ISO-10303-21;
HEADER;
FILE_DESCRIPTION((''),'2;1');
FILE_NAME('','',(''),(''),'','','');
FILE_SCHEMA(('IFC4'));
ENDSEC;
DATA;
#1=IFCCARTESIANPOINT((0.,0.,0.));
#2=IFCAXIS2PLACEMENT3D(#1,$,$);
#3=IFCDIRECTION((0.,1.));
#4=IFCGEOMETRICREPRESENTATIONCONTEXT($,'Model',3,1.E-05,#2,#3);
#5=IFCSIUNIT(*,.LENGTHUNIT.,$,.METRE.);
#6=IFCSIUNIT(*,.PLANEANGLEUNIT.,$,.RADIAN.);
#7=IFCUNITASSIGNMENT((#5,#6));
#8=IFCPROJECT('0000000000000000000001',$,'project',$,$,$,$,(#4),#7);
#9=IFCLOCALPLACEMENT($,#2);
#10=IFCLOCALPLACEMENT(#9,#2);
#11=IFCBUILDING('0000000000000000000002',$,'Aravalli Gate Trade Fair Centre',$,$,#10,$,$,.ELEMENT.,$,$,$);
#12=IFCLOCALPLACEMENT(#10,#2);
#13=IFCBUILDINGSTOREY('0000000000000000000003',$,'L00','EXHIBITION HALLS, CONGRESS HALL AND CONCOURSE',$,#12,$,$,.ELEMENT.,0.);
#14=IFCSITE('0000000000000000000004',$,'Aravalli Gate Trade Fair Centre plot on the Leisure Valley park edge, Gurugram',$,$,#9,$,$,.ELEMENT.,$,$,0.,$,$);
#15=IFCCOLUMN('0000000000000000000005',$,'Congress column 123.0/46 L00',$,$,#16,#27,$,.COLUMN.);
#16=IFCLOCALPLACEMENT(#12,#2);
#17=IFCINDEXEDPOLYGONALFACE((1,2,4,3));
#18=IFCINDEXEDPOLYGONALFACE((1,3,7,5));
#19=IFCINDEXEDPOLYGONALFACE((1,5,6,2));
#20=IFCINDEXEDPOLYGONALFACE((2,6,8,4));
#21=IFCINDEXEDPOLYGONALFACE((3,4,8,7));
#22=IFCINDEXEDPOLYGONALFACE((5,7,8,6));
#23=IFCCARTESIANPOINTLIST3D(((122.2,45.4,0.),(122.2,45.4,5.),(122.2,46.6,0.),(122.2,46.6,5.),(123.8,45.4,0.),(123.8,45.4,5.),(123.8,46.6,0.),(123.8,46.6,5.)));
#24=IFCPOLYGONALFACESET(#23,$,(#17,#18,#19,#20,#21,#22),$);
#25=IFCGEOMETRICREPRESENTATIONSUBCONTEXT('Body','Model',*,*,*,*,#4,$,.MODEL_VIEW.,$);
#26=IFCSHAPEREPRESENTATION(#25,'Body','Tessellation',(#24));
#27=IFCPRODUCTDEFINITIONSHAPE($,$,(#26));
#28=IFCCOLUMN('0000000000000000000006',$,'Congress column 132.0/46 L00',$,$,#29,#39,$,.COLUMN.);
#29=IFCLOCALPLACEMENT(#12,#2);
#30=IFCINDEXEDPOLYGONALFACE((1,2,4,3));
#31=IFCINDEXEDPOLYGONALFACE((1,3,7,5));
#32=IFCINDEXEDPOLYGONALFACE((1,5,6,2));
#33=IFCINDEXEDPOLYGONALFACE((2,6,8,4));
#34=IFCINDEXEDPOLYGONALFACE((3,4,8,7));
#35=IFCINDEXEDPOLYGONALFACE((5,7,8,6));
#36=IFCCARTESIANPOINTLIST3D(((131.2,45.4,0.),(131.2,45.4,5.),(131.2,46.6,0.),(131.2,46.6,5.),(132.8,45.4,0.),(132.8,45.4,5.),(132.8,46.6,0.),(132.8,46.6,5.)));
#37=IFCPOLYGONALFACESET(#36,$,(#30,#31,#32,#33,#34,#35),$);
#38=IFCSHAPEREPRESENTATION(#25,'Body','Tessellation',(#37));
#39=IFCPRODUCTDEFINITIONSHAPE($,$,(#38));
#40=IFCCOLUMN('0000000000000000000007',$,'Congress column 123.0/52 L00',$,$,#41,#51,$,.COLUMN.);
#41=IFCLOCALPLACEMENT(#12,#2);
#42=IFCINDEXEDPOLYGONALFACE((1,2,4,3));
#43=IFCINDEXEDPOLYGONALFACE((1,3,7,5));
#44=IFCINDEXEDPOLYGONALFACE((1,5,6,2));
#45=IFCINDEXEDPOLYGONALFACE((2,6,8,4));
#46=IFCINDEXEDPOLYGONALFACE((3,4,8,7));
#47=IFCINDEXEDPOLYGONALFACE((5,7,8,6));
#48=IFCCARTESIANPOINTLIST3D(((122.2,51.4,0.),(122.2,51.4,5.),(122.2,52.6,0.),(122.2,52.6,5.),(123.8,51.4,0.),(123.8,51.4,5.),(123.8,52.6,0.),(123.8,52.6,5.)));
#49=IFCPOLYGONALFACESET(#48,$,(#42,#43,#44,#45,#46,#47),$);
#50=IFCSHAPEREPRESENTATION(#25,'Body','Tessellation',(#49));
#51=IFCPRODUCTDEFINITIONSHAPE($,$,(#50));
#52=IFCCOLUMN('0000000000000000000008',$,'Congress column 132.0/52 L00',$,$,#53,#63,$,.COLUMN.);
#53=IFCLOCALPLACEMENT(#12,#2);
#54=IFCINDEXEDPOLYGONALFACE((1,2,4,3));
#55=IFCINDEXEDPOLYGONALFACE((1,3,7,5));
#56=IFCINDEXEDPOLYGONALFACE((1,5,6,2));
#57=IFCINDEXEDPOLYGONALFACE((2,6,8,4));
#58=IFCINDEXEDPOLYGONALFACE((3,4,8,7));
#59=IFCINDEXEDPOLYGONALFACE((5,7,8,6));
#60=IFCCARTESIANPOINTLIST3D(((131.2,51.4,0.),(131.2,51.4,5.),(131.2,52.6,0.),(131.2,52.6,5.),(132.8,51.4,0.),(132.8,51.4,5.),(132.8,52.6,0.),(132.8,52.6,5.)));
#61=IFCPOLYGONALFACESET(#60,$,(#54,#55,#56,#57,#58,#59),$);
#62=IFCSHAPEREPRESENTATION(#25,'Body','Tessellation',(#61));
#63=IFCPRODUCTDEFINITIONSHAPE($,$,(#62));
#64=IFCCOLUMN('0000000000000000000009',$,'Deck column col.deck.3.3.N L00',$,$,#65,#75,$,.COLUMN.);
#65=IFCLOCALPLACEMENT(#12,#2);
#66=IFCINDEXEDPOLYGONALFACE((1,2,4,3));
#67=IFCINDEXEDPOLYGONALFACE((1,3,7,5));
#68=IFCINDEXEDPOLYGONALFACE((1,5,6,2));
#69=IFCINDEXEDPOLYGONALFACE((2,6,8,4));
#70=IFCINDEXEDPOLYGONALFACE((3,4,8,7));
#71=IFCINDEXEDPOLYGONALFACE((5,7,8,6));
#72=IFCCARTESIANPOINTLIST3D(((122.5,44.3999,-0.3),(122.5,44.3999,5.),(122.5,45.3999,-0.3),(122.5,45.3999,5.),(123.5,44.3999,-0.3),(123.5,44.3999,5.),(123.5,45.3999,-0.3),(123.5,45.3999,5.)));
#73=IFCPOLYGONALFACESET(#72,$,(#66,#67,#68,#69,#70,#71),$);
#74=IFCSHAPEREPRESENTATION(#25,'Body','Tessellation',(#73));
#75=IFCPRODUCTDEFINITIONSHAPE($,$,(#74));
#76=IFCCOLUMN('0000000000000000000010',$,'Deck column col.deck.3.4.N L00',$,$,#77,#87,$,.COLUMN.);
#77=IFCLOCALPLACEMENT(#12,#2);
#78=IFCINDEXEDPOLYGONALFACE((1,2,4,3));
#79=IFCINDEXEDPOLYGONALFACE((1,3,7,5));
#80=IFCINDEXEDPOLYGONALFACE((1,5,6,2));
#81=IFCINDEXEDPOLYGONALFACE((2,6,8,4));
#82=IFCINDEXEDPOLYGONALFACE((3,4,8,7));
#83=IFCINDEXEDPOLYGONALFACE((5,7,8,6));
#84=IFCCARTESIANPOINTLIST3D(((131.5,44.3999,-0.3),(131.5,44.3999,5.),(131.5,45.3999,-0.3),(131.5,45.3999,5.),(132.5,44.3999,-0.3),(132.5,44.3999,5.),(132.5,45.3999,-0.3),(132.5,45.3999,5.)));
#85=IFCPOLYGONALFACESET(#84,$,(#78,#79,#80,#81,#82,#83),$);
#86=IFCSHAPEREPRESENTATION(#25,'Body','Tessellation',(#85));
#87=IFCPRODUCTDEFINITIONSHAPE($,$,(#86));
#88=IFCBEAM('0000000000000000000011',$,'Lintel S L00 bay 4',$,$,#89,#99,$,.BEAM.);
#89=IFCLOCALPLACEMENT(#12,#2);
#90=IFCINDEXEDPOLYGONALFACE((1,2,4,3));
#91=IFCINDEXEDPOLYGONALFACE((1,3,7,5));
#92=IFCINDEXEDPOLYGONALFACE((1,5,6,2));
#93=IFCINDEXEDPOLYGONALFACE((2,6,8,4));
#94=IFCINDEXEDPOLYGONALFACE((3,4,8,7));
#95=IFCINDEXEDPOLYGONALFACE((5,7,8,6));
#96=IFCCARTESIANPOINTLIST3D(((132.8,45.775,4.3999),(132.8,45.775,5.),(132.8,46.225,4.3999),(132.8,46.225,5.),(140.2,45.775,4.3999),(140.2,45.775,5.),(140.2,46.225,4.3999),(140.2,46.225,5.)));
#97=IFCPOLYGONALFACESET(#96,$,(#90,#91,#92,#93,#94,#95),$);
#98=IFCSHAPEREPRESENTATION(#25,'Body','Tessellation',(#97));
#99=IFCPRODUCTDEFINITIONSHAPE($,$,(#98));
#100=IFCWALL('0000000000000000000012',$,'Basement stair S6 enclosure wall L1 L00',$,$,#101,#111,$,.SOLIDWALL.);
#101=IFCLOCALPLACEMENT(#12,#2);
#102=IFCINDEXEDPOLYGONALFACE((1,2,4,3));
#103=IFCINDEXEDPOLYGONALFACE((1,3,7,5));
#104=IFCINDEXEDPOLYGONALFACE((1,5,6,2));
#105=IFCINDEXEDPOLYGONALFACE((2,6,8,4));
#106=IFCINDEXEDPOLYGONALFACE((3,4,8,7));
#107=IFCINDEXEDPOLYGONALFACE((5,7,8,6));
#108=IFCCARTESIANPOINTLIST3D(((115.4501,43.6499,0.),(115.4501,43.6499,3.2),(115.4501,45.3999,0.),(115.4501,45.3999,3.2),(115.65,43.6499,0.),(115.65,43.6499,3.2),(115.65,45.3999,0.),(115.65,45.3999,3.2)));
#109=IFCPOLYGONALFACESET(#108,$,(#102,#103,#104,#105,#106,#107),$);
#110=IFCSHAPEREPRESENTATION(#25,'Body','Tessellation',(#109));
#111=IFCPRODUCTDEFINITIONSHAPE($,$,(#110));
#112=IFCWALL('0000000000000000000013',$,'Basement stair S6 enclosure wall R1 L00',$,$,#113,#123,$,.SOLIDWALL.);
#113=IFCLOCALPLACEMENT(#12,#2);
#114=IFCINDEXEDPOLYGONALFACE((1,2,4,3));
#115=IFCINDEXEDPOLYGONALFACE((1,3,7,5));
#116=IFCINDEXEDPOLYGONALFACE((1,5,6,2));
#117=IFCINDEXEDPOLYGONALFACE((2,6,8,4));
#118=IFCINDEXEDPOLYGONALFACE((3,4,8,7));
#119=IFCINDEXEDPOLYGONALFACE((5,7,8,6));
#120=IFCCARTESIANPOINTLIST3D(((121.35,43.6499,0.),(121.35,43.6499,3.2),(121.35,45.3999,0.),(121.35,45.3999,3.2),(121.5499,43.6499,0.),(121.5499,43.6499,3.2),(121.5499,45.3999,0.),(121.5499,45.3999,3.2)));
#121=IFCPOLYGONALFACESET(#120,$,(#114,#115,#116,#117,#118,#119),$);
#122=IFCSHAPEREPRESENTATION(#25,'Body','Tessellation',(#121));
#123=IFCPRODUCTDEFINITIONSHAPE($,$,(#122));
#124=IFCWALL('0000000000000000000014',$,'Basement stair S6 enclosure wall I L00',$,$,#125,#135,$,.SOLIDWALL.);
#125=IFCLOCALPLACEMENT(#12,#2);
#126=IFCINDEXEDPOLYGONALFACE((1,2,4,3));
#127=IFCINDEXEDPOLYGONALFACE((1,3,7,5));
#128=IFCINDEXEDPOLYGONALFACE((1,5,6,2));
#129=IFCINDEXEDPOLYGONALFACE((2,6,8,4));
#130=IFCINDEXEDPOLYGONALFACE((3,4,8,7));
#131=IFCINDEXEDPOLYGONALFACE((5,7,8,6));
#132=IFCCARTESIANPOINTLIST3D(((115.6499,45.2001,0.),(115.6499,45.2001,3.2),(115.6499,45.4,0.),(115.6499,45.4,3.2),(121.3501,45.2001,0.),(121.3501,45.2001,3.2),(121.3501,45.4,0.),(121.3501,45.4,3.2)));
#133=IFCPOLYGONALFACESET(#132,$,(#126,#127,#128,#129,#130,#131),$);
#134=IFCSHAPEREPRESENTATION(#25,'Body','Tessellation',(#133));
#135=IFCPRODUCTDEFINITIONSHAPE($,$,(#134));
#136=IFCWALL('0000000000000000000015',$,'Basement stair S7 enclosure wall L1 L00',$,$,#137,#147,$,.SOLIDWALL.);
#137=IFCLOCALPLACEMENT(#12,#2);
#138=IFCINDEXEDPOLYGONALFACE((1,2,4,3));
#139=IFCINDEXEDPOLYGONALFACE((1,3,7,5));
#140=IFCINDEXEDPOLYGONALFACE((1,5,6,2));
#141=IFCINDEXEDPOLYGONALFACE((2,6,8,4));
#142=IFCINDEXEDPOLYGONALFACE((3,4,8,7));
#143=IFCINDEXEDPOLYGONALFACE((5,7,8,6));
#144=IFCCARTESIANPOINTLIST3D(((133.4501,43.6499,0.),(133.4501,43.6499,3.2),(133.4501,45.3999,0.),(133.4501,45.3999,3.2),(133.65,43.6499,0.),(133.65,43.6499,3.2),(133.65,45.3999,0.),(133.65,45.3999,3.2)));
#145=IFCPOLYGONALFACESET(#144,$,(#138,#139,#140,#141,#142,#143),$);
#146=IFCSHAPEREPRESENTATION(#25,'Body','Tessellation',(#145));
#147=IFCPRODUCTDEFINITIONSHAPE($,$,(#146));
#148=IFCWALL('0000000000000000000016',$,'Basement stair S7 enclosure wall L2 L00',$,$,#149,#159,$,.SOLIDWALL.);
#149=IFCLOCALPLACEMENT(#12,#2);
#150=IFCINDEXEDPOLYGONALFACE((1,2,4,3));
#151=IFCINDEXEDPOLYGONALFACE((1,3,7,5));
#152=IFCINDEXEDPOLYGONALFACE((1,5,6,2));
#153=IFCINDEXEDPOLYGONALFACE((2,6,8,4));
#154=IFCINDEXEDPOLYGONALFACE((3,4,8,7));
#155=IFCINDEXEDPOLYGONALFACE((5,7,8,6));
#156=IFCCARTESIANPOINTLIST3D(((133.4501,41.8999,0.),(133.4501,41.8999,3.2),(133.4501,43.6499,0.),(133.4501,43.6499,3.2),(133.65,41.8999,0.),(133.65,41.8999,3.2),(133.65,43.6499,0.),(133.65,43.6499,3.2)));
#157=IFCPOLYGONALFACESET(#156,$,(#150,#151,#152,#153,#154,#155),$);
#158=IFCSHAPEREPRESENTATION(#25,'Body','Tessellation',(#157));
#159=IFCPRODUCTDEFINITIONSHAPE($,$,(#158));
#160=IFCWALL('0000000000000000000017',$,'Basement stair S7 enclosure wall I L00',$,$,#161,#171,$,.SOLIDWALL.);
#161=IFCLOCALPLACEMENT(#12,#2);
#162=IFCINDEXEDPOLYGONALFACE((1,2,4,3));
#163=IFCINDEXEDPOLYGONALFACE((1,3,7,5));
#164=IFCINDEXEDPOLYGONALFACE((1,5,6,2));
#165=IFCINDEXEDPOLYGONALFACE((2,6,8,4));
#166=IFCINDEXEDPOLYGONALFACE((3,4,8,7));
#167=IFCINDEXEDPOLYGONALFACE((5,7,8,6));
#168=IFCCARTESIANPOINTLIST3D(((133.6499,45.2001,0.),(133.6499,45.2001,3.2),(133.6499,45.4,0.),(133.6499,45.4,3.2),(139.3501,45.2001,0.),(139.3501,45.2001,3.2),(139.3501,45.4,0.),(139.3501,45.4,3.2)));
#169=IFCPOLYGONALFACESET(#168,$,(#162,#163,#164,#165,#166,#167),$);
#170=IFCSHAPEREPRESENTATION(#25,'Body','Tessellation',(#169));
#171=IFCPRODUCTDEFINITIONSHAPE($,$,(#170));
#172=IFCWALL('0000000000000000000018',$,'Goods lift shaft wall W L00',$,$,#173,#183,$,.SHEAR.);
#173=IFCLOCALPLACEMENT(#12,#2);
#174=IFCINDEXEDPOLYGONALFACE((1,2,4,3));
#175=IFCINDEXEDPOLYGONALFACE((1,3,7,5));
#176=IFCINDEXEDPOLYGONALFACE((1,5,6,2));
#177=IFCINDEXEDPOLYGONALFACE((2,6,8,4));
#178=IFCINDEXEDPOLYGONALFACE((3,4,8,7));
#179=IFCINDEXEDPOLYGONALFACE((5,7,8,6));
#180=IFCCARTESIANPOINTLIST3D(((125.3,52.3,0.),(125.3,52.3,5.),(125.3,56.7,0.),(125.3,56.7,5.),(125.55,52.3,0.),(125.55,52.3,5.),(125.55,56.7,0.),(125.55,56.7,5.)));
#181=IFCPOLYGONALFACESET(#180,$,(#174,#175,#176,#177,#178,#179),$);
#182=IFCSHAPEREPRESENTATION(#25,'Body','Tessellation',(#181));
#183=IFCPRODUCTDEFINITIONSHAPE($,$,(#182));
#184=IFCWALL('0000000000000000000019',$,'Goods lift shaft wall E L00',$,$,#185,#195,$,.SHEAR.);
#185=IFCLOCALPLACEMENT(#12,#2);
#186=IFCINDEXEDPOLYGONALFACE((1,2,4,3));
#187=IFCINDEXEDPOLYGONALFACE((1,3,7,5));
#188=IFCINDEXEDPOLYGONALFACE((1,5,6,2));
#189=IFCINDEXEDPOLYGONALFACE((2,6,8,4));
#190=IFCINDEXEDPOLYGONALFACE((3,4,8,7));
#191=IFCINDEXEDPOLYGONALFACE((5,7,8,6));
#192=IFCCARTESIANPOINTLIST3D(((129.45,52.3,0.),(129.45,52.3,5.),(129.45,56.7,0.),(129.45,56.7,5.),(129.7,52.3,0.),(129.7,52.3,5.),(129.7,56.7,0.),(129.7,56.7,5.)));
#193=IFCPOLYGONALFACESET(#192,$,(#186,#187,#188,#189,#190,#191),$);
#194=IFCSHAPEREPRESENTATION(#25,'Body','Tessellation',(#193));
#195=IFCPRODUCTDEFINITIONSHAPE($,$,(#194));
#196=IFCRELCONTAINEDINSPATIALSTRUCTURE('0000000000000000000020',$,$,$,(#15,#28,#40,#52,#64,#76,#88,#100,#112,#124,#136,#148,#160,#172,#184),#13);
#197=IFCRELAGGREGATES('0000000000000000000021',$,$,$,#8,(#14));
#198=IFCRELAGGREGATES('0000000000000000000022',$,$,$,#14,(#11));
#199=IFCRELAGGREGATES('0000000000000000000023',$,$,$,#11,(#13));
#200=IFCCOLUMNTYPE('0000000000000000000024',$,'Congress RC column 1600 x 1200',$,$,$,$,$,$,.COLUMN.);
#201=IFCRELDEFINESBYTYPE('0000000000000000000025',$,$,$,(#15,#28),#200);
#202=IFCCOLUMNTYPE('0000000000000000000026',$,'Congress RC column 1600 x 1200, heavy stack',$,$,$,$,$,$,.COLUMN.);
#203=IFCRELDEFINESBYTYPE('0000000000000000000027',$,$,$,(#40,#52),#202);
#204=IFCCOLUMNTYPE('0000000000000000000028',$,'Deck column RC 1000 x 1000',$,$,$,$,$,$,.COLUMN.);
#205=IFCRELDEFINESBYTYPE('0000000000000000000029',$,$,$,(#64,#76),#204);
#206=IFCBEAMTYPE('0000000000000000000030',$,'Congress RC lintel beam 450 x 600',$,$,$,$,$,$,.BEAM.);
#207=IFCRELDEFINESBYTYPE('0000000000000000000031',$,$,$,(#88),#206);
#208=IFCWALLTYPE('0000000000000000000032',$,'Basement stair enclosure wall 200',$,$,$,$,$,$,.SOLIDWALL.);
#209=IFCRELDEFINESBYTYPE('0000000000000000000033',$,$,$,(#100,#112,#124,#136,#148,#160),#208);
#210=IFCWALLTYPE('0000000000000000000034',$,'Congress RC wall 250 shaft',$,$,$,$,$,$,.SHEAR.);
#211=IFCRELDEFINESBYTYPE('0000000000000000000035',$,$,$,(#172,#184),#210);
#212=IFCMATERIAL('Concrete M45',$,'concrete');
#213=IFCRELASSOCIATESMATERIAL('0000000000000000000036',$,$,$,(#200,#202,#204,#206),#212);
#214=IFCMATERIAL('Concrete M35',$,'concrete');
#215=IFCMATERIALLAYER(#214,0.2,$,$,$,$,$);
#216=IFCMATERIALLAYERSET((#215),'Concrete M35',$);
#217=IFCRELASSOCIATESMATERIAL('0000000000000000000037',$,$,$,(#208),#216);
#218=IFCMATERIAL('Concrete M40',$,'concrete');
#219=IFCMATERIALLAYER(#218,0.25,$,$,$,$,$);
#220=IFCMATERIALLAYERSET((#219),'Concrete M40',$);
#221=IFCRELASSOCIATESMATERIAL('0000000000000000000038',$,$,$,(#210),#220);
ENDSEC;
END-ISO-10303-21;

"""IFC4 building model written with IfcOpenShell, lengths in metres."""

from ifc_helpers import new_model, si_unit, direction, frame, frame_2d, origin, origin_2d, place, context, subcontext, project, spatial, rectangle, extrude, material, layer, layer_set, material_profile, profile_set, type_object, element, save


model = new_model("IFC4")

# Units and contexts
model_context = context("Model", 3, precision=1e-05, world=origin(), true_north=direction((0.0, 1.0)))
body_context = subcontext(model_context, "Body", "Model", "MODEL_VIEW")
ifc_project = project(units=[si_unit("LENGTHUNIT", "METRE"), si_unit("PLANEANGLEUNIT", "RADIAN")], contexts=[model_context])

# Site, building, storey
site_placement = place(None, origin())
site = spatial("IfcSite", under=ifc_project, at=site_placement, Name="Aravalli Gate Trade Fair Centre plot on the Leisure Valley park edge, Gurugram", CompositionType="ELEMENT", RefElevation=0.0)
building_placement = place(site_placement, origin())
building = spatial("IfcBuilding", under=site, at=building_placement, Name="Aravalli Gate Trade Fair Centre", CompositionType="ELEMENT")
storey_placement = place(building_placement, origin())
storey = spatial("IfcBuildingStorey", under=building, at=storey_placement, Name="L00", Description="EXHIBITION HALLS, CONGRESS HALL AND CONCOURSE", CompositionType="ELEMENT", Elevation=0.0)

# Columns
ifc_material_1 = material(Name="Concrete M45", Category="concrete")
ifc_material_profile_1 = material_profile(ifc_material_1, rectangle(XDim=1.6001, YDim=1.2, at=origin_2d()), Name="RC 1600x1200")
ifc_profile_set_1 = profile_set([ifc_material_profile_1], Name="Concrete M45")
column_type_1 = type_object("IfcColumnType", Name="Congress RC column 1600 x 1200", PredefinedType="COLUMN", material=ifc_profile_set_1)
for number, where, z_axis, x_axis, name in (
    (1, (123.0, 46.0, 0.0), (0.0, 0.0, 1.0), (1.0, 0.0, 0.0), "Congress column 123.0/46 L00"),
    (2, (132.0, 46.0, 0.0), (0.0, 0.0, 1.0), (1.0, 0.0, 0.0), "Congress column 132.0/46 L00"),
):
    element("IfcColumn", number, at=place(storey_placement, frame(where, z_axis=z_axis, x_axis=x_axis)), inside=storey, type_object=column_type_1, Name=name, PredefinedType="COLUMN", context=body_context, shape_type="SweptSolid", body=[
        extrude(rectangle(XDim=1.6001, YDim=1.2, at=origin_2d()), origin(), (0.0, 0.0, 1.0), 5.0),
    ])
ifc_material_profile_2 = material_profile(ifc_material_1, rectangle(XDim=1.6001, YDim=1.2, at=origin_2d()), Name="RC 1600x1200")
ifc_profile_set_2 = profile_set([ifc_material_profile_2], Name="Concrete M45")
column_type_2 = type_object("IfcColumnType", Name="Congress RC column 1600 x 1200, heavy stack", PredefinedType="COLUMN", material=ifc_profile_set_2)
for number, where, z_axis, x_axis, name in (
    (3, (123.0, 52.0, 0.0), (0.0, 0.0, 1.0), (1.0, 0.0, 0.0), "Congress column 123.0/52 L00"),
    (4, (132.0, 52.0, 0.0), (0.0, 0.0, 1.0), (1.0, 0.0, 0.0), "Congress column 132.0/52 L00"),
):
    element("IfcColumn", number, at=place(storey_placement, frame(where, z_axis=z_axis, x_axis=x_axis)), inside=storey, type_object=column_type_2, Name=name, PredefinedType="COLUMN", context=body_context, shape_type="SweptSolid", body=[
        extrude(rectangle(XDim=1.6001, YDim=1.2, at=origin_2d()), origin(), (0.0, 0.0, 1.0), 5.0),
    ])
ifc_material_profile_3 = material_profile(ifc_material_1, rectangle(XDim=1.0, YDim=1.0, at=origin_2d()), Name="Deck column RC 1000 x 1000")
ifc_profile_set_3 = profile_set([ifc_material_profile_3], Name="Concrete M45")
column_type_3 = type_object("IfcColumnType", Name="Deck column RC 1000 x 1000", PredefinedType="COLUMN", material=ifc_profile_set_3)
for number, where, z_axis, x_axis, name in (
    (5, (123.0, 44.8999, -0.3), (0.0, 0.0, 1.0), (1.0, 0.0, 0.0), "Deck column col.deck.3.3.N L00"),
    (6, (132.0, 44.8999, -0.3), (0.0, 0.0, 1.0), (1.0, 0.0, 0.0), "Deck column col.deck.3.4.N L00"),
):
    element("IfcColumn", number, at=place(storey_placement, frame(where, z_axis=z_axis, x_axis=x_axis)), inside=storey, type_object=column_type_3, Name=name, PredefinedType="COLUMN", context=body_context, shape_type="SweptSolid", body=[
        extrude(rectangle(XDim=1.0, YDim=1.0, at=origin_2d()), origin(), (0.0, 0.0, 1.0), 5.3),
    ])

# Beam
ifc_material_profile_4 = material_profile(ifc_material_1, rectangle(XDim=0.45, YDim=0.6001, at=origin_2d()), Name="RC 450x600")
ifc_profile_set_4 = profile_set([ifc_material_profile_4], Name="Concrete M45")
beam_type = type_object("IfcBeamType", Name="Congress RC lintel beam 450 x 600", PredefinedType="BEAM", material=ifc_profile_set_4)
beam_placement = place(storey_placement, frame((132.8, 46.0, 4.7), z_axis=(1.0, 0.0, 0.0), x_axis=(0.0, 1.0, 0.0)))
element("IfcBeam", 7, at=beam_placement, inside=storey, type_object=beam_type, Name="Lintel S L00 bay 4", PredefinedType="BEAM", context=body_context, shape_type="SweptSolid", body=[
    extrude(rectangle(XDim=0.45, YDim=0.6001, at=origin_2d()), origin(), (0.0, 0.0, 1.0), 7.3999),
])

# Walls
ifc_material_2 = material(Name="Concrete M35", Category="concrete")
ifc_layer_1 = layer(ifc_material_2, 0.2)
ifc_layer_set_1 = layer_set([ifc_layer_1], Name="Concrete M35")
wall_type_1 = type_object("IfcWallType", Name="Basement stair enclosure wall 200", PredefinedType="SOLIDWALL", material=ifc_layer_set_1)
for number, where, z_axis, x_axis, name in (
    (8, (115.55, 45.3999, 0.0), (0.0, 0.0, 1.0), (0.0, -1.0, 0.0), "Basement stair S6 enclosure wall L1 L00"),
    (9, (121.45, 45.3999, 0.0), (0.0, 0.0, 1.0), (0.0, -1.0, 0.0), "Basement stair S6 enclosure wall R1 L00"),
):
    element("IfcWall", number, at=place(storey_placement, frame(where, z_axis=z_axis, x_axis=x_axis)), inside=storey, type_object=wall_type_1, Name=name, PredefinedType="SOLIDWALL", context=body_context, shape_type="SweptSolid", body=[
        extrude(rectangle(XDim=1.75, YDim=0.2, at=frame_2d((0.875, 0.0))), origin(), (0.0, 0.0, 1.0), 3.2),
    ])
wall_1_placement = place(storey_placement, frame((115.6499, 45.3, 0.0), z_axis=(0.0, 0.0, 1.0), x_axis=(1.0, 0.0, 0.0)))
element("IfcWall", 10, at=wall_1_placement, inside=storey, type_object=wall_type_1, Name="Basement stair S6 enclosure wall I L00", PredefinedType="SOLIDWALL", context=body_context, shape_type="SweptSolid", body=[
    extrude(rectangle(XDim=5.7002, YDim=0.2, at=frame_2d((2.8501, 0.0))), origin(), (0.0, 0.0, 1.0), 3.2),
])
for number, where, z_axis, x_axis, name in (
    (11, (133.55, 45.3999, 0.0), (0.0, 0.0, 1.0), (0.0, -1.0, 0.0), "Basement stair S7 enclosure wall L1 L00"),
    (12, (133.55, 43.6499, 0.0), (0.0, 0.0, 1.0), (0.0, -1.0, 0.0), "Basement stair S7 enclosure wall L2 L00"),
):
    element("IfcWall", number, at=place(storey_placement, frame(where, z_axis=z_axis, x_axis=x_axis)), inside=storey, type_object=wall_type_1, Name=name, PredefinedType="SOLIDWALL", context=body_context, shape_type="SweptSolid", body=[
        extrude(rectangle(XDim=1.75, YDim=0.2, at=frame_2d((0.875, 0.0))), origin(), (0.0, 0.0, 1.0), 3.2),
    ])
wall_2_placement = place(storey_placement, frame((133.6499, 45.3, 0.0), z_axis=(0.0, 0.0, 1.0), x_axis=(1.0, 0.0, 0.0)))
element("IfcWall", 13, at=wall_2_placement, inside=storey, type_object=wall_type_1, Name="Basement stair S7 enclosure wall I L00", PredefinedType="SOLIDWALL", context=body_context, shape_type="SweptSolid", body=[
    extrude(rectangle(XDim=5.7002, YDim=0.2, at=frame_2d((2.8501, 0.0))), origin(), (0.0, 0.0, 1.0), 3.2),
])
ifc_material_3 = material(Name="Concrete M40", Category="concrete")
ifc_layer_2 = layer(ifc_material_3, 0.25)
ifc_layer_set_2 = layer_set([ifc_layer_2], Name="Concrete M40")
wall_type_2 = type_object("IfcWallType", Name="Congress RC wall 250 shaft", PredefinedType="SHEAR", material=ifc_layer_set_2)
for number, where, z_axis, x_axis, name in (
    (14, (125.425, 52.3, 0.0), (0.0, 0.0, 1.0), (0.0, 1.0, 0.0), "Goods lift shaft wall W L00"),
    (15, (129.575, 52.3, 0.0), (0.0, 0.0, 1.0), (0.0, 1.0, 0.0), "Goods lift shaft wall E L00"),
):
    element("IfcWall", number, at=place(storey_placement, frame(where, z_axis=z_axis, x_axis=x_axis)), inside=storey, type_object=wall_type_2, Name=name, PredefinedType="SHEAR", context=body_context, shape_type="SweptSolid", body=[
        extrude(rectangle(XDim=4.3999, YDim=0.25, at=frame_2d((2.2, 0.0))), origin(), (0.0, 0.0, 1.0), 5.0),
    ])

save(model, "model.ifc")
